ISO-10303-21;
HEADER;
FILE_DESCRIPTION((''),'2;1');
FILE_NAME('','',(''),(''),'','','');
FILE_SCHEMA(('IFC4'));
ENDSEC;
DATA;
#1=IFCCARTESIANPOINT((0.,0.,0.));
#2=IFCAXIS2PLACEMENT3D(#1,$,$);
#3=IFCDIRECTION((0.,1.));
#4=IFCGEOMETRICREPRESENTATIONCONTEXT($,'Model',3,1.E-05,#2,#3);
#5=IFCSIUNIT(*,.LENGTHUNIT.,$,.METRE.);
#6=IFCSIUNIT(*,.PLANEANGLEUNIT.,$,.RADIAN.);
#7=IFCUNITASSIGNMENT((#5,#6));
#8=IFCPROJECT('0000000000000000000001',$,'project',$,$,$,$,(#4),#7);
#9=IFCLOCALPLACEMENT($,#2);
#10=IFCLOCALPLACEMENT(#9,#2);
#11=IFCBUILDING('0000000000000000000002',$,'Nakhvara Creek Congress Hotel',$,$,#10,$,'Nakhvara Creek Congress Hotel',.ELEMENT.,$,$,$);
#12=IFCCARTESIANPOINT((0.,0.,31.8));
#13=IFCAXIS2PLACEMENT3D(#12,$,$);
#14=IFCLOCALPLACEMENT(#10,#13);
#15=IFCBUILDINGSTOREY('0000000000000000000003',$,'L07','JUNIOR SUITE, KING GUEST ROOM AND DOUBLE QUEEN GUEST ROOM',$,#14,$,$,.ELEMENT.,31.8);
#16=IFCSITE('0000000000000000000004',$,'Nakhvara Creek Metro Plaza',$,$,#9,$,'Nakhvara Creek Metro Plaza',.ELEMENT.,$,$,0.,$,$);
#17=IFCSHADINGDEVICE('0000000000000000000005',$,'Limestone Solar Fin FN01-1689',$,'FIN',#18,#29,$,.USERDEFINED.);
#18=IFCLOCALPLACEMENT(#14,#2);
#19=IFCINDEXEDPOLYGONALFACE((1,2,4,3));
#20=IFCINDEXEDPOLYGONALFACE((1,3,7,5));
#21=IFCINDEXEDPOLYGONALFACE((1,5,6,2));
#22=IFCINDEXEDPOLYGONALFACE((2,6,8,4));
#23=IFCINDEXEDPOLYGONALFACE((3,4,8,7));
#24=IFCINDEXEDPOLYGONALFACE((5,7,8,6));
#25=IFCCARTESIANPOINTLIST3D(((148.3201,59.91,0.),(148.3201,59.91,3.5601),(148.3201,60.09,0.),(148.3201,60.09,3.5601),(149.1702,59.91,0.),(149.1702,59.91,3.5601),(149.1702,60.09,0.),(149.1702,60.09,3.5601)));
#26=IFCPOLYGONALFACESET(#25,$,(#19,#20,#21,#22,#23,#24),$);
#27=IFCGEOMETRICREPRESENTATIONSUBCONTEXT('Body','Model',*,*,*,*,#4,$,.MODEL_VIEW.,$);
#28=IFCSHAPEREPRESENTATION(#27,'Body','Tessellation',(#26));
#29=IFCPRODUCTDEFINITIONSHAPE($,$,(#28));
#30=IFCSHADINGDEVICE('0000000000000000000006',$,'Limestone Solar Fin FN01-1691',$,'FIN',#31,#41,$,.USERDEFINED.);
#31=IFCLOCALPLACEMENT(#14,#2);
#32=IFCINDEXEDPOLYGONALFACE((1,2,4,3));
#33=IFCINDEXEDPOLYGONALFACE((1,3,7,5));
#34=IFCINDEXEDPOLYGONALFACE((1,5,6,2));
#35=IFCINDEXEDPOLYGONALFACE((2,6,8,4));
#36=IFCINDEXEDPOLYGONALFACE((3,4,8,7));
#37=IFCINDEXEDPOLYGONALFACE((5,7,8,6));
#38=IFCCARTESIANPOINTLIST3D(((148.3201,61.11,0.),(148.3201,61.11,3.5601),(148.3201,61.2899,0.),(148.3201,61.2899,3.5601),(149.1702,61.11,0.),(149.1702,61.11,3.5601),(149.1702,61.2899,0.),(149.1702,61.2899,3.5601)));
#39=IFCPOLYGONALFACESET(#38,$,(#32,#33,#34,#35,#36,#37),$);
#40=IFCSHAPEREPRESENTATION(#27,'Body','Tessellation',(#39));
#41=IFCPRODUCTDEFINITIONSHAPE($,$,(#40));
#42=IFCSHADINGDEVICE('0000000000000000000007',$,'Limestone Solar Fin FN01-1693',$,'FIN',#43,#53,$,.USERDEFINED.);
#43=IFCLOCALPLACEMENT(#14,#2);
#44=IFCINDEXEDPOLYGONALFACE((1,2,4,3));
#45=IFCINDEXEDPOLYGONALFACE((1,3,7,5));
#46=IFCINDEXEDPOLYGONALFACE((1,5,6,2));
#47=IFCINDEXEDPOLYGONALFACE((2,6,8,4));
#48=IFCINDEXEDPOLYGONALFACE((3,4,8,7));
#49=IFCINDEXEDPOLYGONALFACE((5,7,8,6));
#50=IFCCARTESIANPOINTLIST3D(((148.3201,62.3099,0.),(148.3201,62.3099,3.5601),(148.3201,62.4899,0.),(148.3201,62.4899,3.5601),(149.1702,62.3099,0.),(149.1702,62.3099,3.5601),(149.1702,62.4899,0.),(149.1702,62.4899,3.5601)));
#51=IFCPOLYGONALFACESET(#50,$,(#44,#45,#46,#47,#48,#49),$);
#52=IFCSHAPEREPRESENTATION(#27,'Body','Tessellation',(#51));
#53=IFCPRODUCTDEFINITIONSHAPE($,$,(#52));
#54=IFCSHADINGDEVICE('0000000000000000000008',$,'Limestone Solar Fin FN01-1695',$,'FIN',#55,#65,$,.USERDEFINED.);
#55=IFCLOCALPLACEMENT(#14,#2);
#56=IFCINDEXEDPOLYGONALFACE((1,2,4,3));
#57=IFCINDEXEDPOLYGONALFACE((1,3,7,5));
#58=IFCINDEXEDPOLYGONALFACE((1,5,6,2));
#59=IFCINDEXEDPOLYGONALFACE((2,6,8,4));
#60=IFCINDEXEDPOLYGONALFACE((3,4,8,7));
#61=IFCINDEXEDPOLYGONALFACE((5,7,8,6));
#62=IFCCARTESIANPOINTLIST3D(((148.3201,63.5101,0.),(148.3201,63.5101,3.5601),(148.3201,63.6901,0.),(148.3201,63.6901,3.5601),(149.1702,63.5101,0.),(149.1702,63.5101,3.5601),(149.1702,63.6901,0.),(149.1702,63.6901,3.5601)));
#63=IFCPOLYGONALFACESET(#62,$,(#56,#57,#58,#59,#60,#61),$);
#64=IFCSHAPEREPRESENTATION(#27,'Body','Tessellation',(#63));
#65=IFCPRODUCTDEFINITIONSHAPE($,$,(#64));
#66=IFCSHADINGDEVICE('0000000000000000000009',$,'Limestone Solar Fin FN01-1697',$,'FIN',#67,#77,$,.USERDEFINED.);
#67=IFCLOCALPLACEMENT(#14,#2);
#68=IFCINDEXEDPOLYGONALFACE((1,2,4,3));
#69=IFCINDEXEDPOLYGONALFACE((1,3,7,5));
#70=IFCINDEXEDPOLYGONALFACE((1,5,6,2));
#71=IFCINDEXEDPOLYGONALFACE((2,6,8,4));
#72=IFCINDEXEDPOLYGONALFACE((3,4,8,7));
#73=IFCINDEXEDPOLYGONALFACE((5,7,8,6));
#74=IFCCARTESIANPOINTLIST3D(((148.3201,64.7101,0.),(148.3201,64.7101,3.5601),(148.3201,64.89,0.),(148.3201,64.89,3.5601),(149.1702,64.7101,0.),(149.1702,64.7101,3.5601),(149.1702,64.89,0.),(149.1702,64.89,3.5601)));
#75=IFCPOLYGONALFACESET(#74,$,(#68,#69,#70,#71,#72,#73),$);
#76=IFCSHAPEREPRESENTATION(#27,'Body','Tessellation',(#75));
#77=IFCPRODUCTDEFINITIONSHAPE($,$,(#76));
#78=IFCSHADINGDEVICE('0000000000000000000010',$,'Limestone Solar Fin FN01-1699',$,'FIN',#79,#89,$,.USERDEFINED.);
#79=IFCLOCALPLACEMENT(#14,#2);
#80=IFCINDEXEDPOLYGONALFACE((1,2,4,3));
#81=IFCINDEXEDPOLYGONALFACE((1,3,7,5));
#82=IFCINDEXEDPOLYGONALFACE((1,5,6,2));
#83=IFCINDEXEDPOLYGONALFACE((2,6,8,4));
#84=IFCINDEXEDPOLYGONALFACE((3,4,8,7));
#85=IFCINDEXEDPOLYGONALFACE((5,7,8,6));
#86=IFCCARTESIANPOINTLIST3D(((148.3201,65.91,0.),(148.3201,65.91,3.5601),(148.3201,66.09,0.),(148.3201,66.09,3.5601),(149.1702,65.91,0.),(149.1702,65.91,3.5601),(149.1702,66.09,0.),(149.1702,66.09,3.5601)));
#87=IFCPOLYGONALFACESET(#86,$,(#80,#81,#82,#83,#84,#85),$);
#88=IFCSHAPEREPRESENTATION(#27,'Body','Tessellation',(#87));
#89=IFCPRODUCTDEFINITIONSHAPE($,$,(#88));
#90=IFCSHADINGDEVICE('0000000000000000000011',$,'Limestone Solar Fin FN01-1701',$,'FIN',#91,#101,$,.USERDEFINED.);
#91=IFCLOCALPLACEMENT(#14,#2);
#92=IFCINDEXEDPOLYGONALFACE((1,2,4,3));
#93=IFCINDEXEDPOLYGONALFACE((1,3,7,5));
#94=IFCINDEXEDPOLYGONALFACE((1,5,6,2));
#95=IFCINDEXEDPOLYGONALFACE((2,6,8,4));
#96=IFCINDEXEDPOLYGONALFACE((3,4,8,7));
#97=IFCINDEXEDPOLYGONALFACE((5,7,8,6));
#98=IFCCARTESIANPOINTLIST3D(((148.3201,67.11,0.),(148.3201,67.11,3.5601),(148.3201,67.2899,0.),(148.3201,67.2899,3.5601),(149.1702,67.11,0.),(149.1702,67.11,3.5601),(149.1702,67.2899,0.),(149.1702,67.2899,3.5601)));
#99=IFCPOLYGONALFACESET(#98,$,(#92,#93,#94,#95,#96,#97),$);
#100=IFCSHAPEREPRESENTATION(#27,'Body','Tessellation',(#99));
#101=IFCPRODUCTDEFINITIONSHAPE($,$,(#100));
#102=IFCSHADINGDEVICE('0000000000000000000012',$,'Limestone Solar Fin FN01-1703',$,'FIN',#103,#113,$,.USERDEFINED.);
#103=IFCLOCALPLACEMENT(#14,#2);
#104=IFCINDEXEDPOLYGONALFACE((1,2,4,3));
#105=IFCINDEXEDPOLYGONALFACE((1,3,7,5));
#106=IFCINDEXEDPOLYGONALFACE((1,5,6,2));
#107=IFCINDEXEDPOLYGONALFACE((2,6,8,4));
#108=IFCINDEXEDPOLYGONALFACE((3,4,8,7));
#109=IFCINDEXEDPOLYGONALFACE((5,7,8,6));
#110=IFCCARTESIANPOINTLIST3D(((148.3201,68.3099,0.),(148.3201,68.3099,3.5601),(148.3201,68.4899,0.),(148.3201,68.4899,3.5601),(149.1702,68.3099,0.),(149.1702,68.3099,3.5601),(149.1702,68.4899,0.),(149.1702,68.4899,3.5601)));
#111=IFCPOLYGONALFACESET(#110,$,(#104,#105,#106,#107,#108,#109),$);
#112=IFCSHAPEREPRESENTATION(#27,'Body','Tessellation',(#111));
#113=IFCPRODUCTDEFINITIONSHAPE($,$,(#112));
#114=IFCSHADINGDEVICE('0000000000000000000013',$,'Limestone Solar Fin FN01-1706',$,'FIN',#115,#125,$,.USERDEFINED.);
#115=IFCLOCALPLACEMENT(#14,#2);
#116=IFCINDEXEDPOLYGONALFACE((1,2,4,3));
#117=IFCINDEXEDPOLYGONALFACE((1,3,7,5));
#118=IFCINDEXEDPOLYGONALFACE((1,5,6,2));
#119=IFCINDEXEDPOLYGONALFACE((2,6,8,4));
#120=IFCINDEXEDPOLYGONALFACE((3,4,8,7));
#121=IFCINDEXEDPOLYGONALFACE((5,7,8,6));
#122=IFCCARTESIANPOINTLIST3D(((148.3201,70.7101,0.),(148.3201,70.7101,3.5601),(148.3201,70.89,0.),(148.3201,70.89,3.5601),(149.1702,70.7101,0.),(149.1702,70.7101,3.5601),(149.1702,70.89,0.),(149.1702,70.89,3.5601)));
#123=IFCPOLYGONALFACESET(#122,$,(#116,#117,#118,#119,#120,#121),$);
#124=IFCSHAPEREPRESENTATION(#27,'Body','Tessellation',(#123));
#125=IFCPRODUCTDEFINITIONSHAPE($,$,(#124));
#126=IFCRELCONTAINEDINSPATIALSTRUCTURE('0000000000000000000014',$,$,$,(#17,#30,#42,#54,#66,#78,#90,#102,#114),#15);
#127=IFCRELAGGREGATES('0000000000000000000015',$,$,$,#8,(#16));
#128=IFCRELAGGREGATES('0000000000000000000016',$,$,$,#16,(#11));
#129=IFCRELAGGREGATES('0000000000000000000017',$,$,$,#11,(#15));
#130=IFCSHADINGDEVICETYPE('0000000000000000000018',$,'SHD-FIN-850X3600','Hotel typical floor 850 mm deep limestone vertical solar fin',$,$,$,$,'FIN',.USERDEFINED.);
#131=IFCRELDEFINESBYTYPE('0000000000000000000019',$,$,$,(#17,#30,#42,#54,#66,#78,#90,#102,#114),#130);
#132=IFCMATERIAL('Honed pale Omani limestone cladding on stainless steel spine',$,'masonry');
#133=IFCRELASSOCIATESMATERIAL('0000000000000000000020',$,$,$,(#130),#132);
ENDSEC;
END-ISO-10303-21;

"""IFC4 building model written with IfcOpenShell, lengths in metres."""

from ifc_helpers import new_model, si_unit, direction, frame, origin, origin_2d, place, context, subcontext, project, spatial, rectangle, extrude, material, type_object, element, save


model = new_model("IFC4")

# Units and contexts
model_context = context("Model", 3, precision=1e-05, world=origin(), true_north=direction((0.0, 1.0)))
body_context = subcontext(model_context, "Body", "Model", "MODEL_VIEW")
ifc_project = project(units=[si_unit("LENGTHUNIT", "METRE"), si_unit("PLANEANGLEUNIT", "RADIAN")], contexts=[model_context])

# Site, building, storey
site_placement = place(None, origin())
site = spatial("IfcSite", under=ifc_project, at=site_placement, Name="Nakhvara Creek Metro Plaza", LongName="Nakhvara Creek Metro Plaza", CompositionType="ELEMENT", RefElevation=0.0)
building_placement = place(site_placement, origin())
building = spatial("IfcBuilding", under=site, at=building_placement, Name="Nakhvara Creek Congress Hotel", LongName="Nakhvara Creek Congress Hotel", CompositionType="ELEMENT")
storey_placement = place(building_placement, frame((0.0, 0.0, 31.8)))
storey = spatial("IfcBuildingStorey", under=building, at=storey_placement, Name="L07", Description="JUNIOR SUITE, KING GUEST ROOM AND DOUBLE QUEEN GUEST ROOM", CompositionType="ELEMENT", Elevation=31.8)

# Shading devices
ifc_material_1 = material(Name="Honed pale Omani limestone cladding on stainless steel spine", Category="masonry")
shading_device_type = type_object("IfcShadingDeviceType", Name="SHD-FIN-850X3600", Description="Hotel typical floor 850 mm deep limestone vertical solar fin", ElementType="FIN", PredefinedType="USERDEFINED", material=ifc_material_1)
for number, where, z_axis, x_axis, name in (
    (1, (148.7451, 60.0, 0.0), (0.0, 0.0, 1.0), (0.0, 1.0, 0.0), "Limestone Solar Fin FN01-1689"),
    (2, (148.7451, 61.2, 0.0), (0.0, 0.0, 1.0), (0.0, 1.0, 0.0), "Limestone Solar Fin FN01-1691"),
    (3, (148.7451, 62.3999, 0.0), (0.0, 0.0, 1.0), (0.0, 1.0, 0.0), "Limestone Solar Fin FN01-1693"),
    (4, (148.7451, 63.6001, 0.0), (0.0, 0.0, 1.0), (0.0, 1.0, 0.0), "Limestone Solar Fin FN01-1695"),
    (5, (148.7451, 64.8, 0.0), (0.0, 0.0, 1.0), (0.0, 1.0, 0.0), "Limestone Solar Fin FN01-1697"),
    (6, (148.7451, 66.0, 0.0), (0.0, 0.0, 1.0), (0.0, 1.0, 0.0), "Limestone Solar Fin FN01-1699"),
    (7, (148.7451, 67.2, 0.0), (0.0, 0.0, 1.0), (0.0, 1.0, 0.0), "Limestone Solar Fin FN01-1701"),
    (8, (148.7451, 68.3999, 0.0), (0.0, 0.0, 1.0), (0.0, 1.0, 0.0), "Limestone Solar Fin FN01-1703"),
    (9, (148.7451, 70.8, 0.0), (0.0, 0.0, 1.0), (0.0, 1.0, 0.0), "Limestone Solar Fin FN01-1706"),
):
    element("IfcShadingDevice", number, at=place(storey_placement, frame(where, z_axis=z_axis, x_axis=x_axis)), inside=storey, type_object=shading_device_type, Name=name, ObjectType="FIN", PredefinedType="USERDEFINED", context=body_context, shape_type="SweptSolid", body=[
        extrude(rectangle(XDim=0.1799, YDim=0.8501, at=origin_2d()), origin(), (0.0, 0.0, 1.0), 3.5601),
    ])

save(model, "model.ifc")
